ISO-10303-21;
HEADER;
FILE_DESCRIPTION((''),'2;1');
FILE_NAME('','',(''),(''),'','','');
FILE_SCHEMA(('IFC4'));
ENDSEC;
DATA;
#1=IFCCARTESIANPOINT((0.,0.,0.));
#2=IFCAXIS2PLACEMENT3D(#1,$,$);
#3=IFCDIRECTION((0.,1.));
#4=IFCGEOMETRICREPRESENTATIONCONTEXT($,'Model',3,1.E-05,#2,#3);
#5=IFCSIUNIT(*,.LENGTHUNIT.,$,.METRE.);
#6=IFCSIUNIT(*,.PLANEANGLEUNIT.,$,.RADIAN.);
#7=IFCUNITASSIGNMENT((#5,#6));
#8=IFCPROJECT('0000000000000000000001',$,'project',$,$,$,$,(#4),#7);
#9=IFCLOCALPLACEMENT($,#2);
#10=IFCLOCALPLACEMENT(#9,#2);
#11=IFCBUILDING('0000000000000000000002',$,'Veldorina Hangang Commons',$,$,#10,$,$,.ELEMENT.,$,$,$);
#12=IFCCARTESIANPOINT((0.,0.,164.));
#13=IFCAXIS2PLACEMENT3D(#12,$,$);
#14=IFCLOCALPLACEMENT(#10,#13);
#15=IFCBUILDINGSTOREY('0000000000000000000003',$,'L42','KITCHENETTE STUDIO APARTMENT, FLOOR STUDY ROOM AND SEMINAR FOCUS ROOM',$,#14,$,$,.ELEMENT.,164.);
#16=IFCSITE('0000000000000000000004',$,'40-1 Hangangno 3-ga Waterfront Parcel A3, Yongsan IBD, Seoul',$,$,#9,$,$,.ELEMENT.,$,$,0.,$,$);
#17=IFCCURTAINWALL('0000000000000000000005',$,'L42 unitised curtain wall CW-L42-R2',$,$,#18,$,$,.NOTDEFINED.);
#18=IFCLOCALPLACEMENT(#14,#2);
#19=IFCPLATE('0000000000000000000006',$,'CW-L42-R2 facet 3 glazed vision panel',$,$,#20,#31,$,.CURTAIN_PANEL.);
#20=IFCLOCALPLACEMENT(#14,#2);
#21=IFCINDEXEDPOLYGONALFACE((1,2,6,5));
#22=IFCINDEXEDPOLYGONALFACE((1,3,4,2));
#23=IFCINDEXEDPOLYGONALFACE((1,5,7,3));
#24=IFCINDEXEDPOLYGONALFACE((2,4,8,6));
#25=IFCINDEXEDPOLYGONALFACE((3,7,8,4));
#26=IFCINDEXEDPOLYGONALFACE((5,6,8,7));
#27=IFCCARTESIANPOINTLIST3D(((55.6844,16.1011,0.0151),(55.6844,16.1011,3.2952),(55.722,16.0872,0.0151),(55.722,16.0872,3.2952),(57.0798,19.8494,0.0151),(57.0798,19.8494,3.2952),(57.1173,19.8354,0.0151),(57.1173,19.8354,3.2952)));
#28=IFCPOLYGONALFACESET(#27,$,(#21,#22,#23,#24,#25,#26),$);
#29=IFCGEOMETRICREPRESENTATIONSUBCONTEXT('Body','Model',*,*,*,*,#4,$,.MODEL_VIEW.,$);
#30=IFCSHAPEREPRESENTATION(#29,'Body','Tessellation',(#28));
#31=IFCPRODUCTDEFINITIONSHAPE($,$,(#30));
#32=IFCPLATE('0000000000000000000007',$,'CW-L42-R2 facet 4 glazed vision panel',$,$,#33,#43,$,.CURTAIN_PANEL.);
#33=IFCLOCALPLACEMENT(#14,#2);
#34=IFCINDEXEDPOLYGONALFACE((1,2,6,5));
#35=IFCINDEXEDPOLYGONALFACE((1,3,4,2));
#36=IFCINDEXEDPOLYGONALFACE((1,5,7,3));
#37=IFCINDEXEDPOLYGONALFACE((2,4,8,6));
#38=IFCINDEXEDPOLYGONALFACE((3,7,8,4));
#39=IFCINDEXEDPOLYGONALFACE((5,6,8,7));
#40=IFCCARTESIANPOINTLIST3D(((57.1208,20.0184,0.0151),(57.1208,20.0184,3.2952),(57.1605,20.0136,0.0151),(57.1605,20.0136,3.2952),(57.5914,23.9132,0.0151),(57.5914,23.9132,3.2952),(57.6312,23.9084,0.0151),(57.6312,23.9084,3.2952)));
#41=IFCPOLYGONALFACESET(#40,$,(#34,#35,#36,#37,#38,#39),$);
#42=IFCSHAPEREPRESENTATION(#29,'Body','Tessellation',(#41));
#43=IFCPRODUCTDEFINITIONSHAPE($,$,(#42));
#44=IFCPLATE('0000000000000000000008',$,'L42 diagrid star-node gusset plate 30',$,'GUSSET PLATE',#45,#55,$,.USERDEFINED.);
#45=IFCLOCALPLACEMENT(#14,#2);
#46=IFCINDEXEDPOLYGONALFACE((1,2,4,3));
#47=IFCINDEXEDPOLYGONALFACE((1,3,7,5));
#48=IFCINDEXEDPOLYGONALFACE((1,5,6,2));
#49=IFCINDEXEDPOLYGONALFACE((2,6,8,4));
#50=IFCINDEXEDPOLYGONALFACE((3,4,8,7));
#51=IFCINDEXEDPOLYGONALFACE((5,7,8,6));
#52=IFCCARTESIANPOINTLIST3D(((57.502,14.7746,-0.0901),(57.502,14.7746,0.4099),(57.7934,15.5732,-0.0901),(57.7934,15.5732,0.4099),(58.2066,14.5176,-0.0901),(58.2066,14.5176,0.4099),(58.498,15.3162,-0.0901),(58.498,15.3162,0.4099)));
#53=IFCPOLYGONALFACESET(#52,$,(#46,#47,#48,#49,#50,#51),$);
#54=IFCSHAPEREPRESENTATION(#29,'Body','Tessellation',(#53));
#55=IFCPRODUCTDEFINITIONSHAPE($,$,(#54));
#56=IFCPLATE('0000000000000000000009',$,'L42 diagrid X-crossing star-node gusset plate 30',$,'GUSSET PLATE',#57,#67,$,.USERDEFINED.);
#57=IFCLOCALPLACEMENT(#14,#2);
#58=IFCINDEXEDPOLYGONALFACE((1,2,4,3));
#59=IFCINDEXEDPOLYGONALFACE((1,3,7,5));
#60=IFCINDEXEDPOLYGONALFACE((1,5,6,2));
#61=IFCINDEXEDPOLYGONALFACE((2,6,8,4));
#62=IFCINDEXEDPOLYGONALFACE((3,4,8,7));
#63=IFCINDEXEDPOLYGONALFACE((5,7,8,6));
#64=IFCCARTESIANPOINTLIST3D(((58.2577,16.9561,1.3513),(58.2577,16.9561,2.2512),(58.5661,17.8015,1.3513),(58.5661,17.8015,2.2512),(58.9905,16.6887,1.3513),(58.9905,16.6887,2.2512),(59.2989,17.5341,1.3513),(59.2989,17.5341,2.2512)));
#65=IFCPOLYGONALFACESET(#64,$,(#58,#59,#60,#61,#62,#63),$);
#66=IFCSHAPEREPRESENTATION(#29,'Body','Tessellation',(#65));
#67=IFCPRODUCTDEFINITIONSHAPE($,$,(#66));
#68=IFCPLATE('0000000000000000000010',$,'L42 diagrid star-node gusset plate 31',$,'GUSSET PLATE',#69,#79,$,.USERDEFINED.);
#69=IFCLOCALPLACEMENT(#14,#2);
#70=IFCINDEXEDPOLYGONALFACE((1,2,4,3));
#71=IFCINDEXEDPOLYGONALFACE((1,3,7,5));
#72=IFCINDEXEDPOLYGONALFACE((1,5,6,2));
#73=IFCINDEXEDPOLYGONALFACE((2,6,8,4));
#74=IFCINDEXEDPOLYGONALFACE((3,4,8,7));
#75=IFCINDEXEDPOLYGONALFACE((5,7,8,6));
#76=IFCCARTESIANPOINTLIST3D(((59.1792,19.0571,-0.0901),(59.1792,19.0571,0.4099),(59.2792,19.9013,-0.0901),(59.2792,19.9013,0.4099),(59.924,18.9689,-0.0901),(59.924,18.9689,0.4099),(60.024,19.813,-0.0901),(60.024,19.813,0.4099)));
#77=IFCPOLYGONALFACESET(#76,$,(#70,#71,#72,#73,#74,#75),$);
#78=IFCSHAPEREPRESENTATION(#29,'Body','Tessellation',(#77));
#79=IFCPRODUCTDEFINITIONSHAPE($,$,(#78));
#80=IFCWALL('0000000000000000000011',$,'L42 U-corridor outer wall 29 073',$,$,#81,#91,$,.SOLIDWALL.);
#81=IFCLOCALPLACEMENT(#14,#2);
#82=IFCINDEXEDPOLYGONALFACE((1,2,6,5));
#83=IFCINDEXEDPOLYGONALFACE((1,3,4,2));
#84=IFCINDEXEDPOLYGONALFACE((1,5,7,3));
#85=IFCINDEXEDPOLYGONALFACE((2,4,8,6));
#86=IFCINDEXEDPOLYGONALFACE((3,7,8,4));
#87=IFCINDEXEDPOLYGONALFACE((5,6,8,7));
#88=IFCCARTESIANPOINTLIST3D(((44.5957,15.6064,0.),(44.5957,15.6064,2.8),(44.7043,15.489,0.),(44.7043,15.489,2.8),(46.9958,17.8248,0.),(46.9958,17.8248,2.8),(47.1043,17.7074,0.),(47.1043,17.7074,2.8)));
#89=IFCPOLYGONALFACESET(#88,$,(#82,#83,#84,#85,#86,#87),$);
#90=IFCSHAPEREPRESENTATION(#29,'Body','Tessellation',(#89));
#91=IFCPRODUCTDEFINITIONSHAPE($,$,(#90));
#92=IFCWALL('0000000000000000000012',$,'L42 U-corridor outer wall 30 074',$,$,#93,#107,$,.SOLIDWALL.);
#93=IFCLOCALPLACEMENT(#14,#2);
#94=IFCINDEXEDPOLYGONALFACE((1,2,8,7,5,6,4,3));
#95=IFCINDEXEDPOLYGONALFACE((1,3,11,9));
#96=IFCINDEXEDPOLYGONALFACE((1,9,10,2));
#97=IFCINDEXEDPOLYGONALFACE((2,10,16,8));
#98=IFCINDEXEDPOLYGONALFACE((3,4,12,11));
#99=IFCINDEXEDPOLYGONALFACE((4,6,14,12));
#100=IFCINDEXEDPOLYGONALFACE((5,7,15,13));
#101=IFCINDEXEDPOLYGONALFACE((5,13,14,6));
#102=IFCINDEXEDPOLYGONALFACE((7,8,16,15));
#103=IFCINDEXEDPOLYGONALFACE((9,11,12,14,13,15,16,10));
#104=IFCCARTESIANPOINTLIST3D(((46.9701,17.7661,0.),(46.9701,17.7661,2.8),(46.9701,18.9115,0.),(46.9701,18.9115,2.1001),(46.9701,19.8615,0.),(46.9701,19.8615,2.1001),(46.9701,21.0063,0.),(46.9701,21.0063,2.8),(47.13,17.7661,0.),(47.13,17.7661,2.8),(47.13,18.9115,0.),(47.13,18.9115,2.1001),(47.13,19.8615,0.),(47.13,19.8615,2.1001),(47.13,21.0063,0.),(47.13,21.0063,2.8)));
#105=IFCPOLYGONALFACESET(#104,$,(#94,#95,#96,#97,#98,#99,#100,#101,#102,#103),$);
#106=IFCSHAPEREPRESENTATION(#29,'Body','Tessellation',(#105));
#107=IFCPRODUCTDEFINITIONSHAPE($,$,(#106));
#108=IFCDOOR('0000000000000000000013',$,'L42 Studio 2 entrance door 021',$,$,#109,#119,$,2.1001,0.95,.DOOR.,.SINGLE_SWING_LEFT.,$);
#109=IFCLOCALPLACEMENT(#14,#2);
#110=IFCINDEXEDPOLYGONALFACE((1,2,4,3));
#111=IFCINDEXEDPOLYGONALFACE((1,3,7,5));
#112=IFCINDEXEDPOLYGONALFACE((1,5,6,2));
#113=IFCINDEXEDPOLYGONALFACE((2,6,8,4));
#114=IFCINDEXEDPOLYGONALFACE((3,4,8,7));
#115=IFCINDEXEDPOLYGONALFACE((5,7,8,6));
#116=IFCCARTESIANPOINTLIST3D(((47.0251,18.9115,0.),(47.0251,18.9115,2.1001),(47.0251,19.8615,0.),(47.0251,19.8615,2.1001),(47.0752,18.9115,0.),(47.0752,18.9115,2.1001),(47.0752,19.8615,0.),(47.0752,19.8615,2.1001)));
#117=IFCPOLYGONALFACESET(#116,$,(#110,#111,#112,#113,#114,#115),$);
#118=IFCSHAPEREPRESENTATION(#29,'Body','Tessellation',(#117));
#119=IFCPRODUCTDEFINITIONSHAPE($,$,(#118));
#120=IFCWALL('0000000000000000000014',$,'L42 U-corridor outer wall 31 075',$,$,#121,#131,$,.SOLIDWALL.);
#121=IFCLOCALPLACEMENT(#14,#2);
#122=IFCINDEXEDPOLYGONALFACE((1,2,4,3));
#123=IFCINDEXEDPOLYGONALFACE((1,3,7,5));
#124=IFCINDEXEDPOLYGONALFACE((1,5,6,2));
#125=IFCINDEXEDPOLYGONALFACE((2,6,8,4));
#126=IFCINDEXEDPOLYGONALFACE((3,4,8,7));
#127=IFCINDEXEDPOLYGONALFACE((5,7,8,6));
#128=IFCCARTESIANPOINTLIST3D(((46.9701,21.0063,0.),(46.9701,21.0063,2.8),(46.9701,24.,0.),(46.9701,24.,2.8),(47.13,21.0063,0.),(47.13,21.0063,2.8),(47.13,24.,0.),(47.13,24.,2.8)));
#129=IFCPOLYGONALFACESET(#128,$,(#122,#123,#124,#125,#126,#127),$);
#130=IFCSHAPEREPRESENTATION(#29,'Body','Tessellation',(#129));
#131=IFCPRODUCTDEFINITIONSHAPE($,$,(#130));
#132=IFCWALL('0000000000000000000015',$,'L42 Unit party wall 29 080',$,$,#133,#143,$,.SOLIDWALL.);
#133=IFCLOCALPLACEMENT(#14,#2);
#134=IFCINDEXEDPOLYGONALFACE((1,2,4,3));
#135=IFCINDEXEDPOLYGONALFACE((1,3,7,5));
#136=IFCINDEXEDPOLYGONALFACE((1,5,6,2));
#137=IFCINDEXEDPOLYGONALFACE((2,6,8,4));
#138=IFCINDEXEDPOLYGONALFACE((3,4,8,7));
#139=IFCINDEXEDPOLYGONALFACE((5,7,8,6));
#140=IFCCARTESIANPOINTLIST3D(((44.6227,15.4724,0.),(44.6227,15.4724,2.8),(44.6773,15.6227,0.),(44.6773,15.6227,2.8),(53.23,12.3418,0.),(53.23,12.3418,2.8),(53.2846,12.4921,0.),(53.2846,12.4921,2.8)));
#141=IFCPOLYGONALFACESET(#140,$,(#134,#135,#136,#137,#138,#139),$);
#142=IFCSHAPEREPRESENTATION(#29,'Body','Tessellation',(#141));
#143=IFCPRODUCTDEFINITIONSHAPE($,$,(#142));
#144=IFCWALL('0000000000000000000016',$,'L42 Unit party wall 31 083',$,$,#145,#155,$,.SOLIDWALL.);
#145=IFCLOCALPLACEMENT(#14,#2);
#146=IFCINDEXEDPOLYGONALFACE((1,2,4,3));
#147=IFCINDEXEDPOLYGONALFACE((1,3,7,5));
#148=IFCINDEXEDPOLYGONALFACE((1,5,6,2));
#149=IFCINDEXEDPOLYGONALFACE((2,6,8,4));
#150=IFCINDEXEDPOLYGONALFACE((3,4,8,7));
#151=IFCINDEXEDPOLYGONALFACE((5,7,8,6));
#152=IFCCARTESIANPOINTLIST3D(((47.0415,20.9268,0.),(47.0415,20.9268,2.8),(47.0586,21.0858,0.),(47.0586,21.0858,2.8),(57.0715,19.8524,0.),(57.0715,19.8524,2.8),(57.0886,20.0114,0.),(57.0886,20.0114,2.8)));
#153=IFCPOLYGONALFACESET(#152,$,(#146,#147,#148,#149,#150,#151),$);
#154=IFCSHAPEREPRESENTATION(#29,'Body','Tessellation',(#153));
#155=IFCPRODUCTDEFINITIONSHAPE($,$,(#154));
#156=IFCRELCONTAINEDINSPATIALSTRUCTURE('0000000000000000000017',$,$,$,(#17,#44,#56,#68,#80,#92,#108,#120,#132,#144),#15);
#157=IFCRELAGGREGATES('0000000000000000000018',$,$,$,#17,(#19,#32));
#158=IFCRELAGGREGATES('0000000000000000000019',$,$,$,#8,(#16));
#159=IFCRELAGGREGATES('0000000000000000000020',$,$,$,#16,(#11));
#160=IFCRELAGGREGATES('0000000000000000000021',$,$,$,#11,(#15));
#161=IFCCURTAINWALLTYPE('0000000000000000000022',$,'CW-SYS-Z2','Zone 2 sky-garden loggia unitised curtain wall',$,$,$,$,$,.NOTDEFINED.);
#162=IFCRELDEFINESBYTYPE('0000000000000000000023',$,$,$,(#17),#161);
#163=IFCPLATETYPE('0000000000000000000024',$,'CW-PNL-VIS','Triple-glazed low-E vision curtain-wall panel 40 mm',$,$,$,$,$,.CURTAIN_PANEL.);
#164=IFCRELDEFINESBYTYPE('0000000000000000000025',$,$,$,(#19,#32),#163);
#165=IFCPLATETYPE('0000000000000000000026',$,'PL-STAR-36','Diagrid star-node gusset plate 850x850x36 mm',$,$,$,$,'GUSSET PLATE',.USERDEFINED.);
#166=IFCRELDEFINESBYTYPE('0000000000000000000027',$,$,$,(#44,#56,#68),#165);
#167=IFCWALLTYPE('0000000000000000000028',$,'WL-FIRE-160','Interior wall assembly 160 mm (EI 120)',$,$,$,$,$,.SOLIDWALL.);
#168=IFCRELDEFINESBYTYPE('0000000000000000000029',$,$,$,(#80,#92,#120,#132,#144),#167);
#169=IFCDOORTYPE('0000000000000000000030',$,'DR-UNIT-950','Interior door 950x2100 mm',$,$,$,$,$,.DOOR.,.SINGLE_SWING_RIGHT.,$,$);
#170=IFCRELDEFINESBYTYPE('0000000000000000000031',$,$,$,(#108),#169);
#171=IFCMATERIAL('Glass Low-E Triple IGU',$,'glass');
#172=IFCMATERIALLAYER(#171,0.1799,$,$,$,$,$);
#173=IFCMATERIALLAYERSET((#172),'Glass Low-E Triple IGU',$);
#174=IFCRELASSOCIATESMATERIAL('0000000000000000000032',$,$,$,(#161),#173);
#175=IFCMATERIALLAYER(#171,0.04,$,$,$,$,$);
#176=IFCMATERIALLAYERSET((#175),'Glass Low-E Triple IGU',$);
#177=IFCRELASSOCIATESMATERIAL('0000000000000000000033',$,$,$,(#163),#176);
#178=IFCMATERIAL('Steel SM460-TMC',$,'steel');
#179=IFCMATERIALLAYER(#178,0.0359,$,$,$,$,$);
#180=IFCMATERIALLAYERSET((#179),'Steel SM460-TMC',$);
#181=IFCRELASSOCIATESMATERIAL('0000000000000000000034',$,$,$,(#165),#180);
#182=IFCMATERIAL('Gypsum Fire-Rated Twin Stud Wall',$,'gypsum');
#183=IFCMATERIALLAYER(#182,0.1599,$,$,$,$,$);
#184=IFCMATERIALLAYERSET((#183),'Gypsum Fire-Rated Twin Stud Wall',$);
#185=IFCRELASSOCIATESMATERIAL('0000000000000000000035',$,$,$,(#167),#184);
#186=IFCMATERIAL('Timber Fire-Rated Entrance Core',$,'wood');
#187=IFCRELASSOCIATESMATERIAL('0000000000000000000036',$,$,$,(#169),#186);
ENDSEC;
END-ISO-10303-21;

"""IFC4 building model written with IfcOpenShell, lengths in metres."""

from ifc_helpers import new_model, si_unit, direction, frame, frame_2d, origin, origin_2d, place, context, subcontext, project, spatial, rectangle, extrude, material, layer, layer_set, type_object, element, fill, aggregate, save


model = new_model("IFC4")

# Units and contexts
model_context = context("Model", 3, precision=1e-05, world=origin(), true_north=direction((0.0, 1.0)))
body_context = subcontext(model_context, "Body", "Model", "MODEL_VIEW")
ifc_project = project(units=[si_unit("LENGTHUNIT", "METRE"), si_unit("PLANEANGLEUNIT", "RADIAN")], contexts=[model_context])

# Site, building, storey
site_placement = place(None, origin())
site = spatial("IfcSite", under=ifc_project, at=site_placement, Name="40-1 Hangangno 3-ga Waterfront Parcel A3, Yongsan IBD, Seoul", CompositionType="ELEMENT", RefElevation=0.0)
building_placement = place(site_placement, origin())
building = spatial("IfcBuilding", under=site, at=building_placement, Name="Veldorina Hangang Commons", CompositionType="ELEMENT")
storey_placement = place(building_placement, frame((0.0, 0.0, 164.0)))
storey = spatial("IfcBuildingStorey", under=building, at=storey_placement, Name="L42", Description="KITCHENETTE STUDIO APARTMENT, FLOOR STUDY ROOM AND SEMINAR FOCUS ROOM", CompositionType="ELEMENT", Elevation=164.0)

# Curtain wall
ifc_material_1 = material(Name="Glass Low-E Triple IGU", Category="glass")
ifc_layer_1 = layer(ifc_material_1, 0.1799)
ifc_layer_set_1 = layer_set([ifc_layer_1], Name="Glass Low-E Triple IGU")
curtain_wall_type = type_object("IfcCurtainWallType", Name="CW-SYS-Z2", Description="Zone 2 sky-garden loggia unitised curtain wall", PredefinedType="NOTDEFINED", material=ifc_layer_set_1)
curtain_wall_placement = place(storey_placement, origin())
curtain_wall = element("IfcCurtainWall", 1, at=curtain_wall_placement, inside=storey, type_object=curtain_wall_type, Name="L42 unitised curtain wall CW-L42-R2", PredefinedType="NOTDEFINED")

# Plates
ifc_layer_2 = layer(ifc_material_1, 0.04)
ifc_layer_set_2 = layer_set([ifc_layer_2], Name="Glass Low-E Triple IGU")
plate_type_1 = type_object("IfcPlateType", Name="CW-PNL-VIS", Description="Triple-glazed low-E vision curtain-wall panel 40 mm", PredefinedType="CURTAIN_PANEL", material=ifc_layer_set_2)
plate_1_placement = place(storey_placement, frame((56.4009, 17.9683, 0.0151), z_axis=(0.0, 0.0, 1.0), x_axis=(0.348883, 0.937166, 0.0)))
plate_1 = element("IfcPlate", 2, at=plate_1_placement, type_object=plate_type_1, Name="CW-L42-R2 facet 3 glazed vision panel", PredefinedType="CURTAIN_PANEL", context=body_context, shape_type="SweptSolid", body=[
    extrude(rectangle(XDim=3.9995, YDim=0.04, at=origin_2d()), origin(), (0.0, 0.0, 1.0), 3.28),
])
plate_2_placement = place(storey_placement, frame((57.376, 21.9634, 0.0151), z_axis=(0.0, 0.0, 1.0), x_axis=(0.119981, 0.992776, 0.0)))
plate_2 = element("IfcPlate", 3, at=plate_2_placement, type_object=plate_type_1, Name="CW-L42-R2 facet 4 glazed vision panel", PredefinedType="CURTAIN_PANEL", context=body_context, shape_type="SweptSolid", body=[
    extrude(rectangle(XDim=3.9231, YDim=0.04, at=origin_2d()), origin(), (0.0, 0.0, 1.0), 3.28),
])
aggregate(curtain_wall, [plate_1, plate_2])

# Plates
ifc_material_2 = material(Name="Steel SM460-TMC", Category="steel")
ifc_layer_3 = layer(ifc_material_2, 0.0359)
ifc_layer_set_3 = layer_set([ifc_layer_3], Name="Steel SM460-TMC")
plate_type_2 = type_object("IfcPlateType", Name="PL-STAR-36", Description="Diagrid star-node gusset plate 850x850x36 mm", ElementType="GUSSET PLATE", PredefinedType="USERDEFINED", material=ifc_layer_set_3)
plate_3_placement = place(storey_placement, frame((58.0, 15.0454, -0.0901), z_axis=(0.0, 0.0, 1.0), x_axis=(0.342742, 0.93943, 0.0)))
element("IfcPlate", 4, at=plate_3_placement, inside=storey, type_object=plate_type_2, Name="L42 diagrid star-node gusset plate 30", ObjectType="GUSSET PLATE", PredefinedType="USERDEFINED", context=body_context, shape_type="SweptSolid", body=[
    extrude(rectangle(XDim=0.8501, YDim=0.75, at=origin_2d()), origin(), (0.0, 0.0, 1.0), 0.5),
])
plate_4_placement = place(storey_placement, frame((58.7783, 17.2451, 1.3513), z_axis=(0.0, 0.0, 1.0), x_axis=(0.342742, 0.93943, 0.0)))
element("IfcPlate", 5, at=plate_4_placement, inside=storey, type_object=plate_type_2, Name="L42 diagrid X-crossing star-node gusset plate 30", ObjectType="GUSSET PLATE", PredefinedType="USERDEFINED", context=body_context, shape_type="SweptSolid", body=[
    extrude(rectangle(XDim=0.8999, YDim=0.78, at=origin_2d()), origin(), (0.0, 0.0, 1.0), 0.8999),
])
plate_5_placement = place(storey_placement, frame((59.6016, 19.4351, -0.0901), z_axis=(0.0, 0.0, 1.0), x_axis=(0.117624, 0.993058, 0.0)))
element("IfcPlate", 6, at=plate_5_placement, inside=storey, type_object=plate_type_2, Name="L42 diagrid star-node gusset plate 31", ObjectType="GUSSET PLATE", PredefinedType="USERDEFINED", context=body_context, shape_type="SweptSolid", body=[
    extrude(rectangle(XDim=0.8501, YDim=0.75, at=origin_2d()), origin(), (0.0, 0.0, 1.0), 0.5),
])

# Wall
ifc_material_3 = material(Name="Gypsum Fire-Rated Twin Stud Wall", Category="gypsum")
ifc_layer_4 = layer(ifc_material_3, 0.1599)
ifc_layer_set_4 = layer_set([ifc_layer_4], Name="Gypsum Fire-Rated Twin Stud Wall")
wall_type_1 = type_object("IfcWallType", Name="WL-FIRE-160", Description="Interior wall assembly 160 mm (EI 120)", PredefinedType="SOLIDWALL", material=ifc_layer_set_4)
wall_1_placement = place(storey_placement, frame((44.6499, 15.5476, 0.0), z_axis=(0.0, 0.0, 1.0), x_axis=(0.734348, 0.678773, 0.0)))
element("IfcWall", 7, at=wall_1_placement, inside=storey, type_object=wall_type_1, Name="L42 U-corridor outer wall 29 073", PredefinedType="SOLIDWALL", context=body_context, shape_type="SweptSolid", body=[
    extrude(rectangle(XDim=3.2683, YDim=0.1599, at=frame_2d((1.6343, 0.0))), origin(), (0.0, 0.0, 1.0), 2.8),
])

# Wall, opening, door
wall_2_placement = place(storey_placement, frame((47.05, 17.7661, 0.0), z_axis=(0.0, 0.0, 1.0), x_axis=(0.0, 1.0, 0.0)))
wall_2 = element("IfcWall", 8, at=wall_2_placement, inside=storey, type_object=wall_type_1, Name="L42 U-corridor outer wall 30 074", PredefinedType="SOLIDWALL", context=body_context, shape_type="SweptSolid", body=[
    extrude(rectangle(XDim=3.2402, YDim=0.1599, at=frame_2d((1.6201, 0.0))), origin(), (0.0, 0.0, 1.0), 2.8),
])
opening_1_placement = place(wall_2_placement, frame((1.1453, 0.0, 0.0)))
opening_1 = element("IfcOpeningElement", 9, at=opening_1_placement, cuts=wall_2, PredefinedType="OPENING", context=body_context, shape_type="SweptSolid", body=[
    extrude(rectangle(XDim=0.95, YDim=2.1001, at=frame_2d((0.4751, 1.05))), frame((0.0, 0.0898, 0.0), z_axis=(0.0, -1.0, 0.0), x_axis=(1.0, 0.0, 0.0)), (0.0, 0.0, 1.0), 0.1799),
])
ifc_material_4 = material(Name="Timber Fire-Rated Entrance Core", Category="wood")
door_type_1 = type_object("IfcDoorType", Name="DR-UNIT-950", Description="Interior door 950x2100 mm", OperationType="SINGLE_SWING_RIGHT", PredefinedType="DOOR", material=ifc_material_4)
door_1_placement = place(opening_1_placement, origin())
door_1 = element("IfcDoor", 10, at=door_1_placement, inside=storey, type_object=door_type_1, Name="L42 Studio 2 entrance door 021", OperationType="SINGLE_SWING_LEFT", OverallHeight=2.1001, OverallWidth=0.95, PredefinedType="DOOR", context=body_context, shape_type="SweptSolid", body=[
    extrude(rectangle(XDim=0.95, YDim=2.1001, at=frame_2d((0.4751, 1.05))), frame((0.0, 0.0249, 0.0), z_axis=(0.0, -1.0, 0.0), x_axis=(1.0, 0.0, 0.0)), (0.0, 0.0, 1.0), 0.05),
])
fill(opening_1, door_1)

# Walls
wall_3_placement = place(storey_placement, frame((47.05, 21.0063, 0.0), z_axis=(0.0, 0.0, 1.0), x_axis=(0.0, 1.0, 0.0)))
element("IfcWall", 11, at=wall_3_placement, inside=storey, type_object=wall_type_1, Name="L42 U-corridor outer wall 31 075", PredefinedType="SOLIDWALL", context=body_context, shape_type="SweptSolid", body=[
    extrude(rectangle(XDim=2.9937, YDim=0.1599, at=frame_2d((1.4968, 0.0))), origin(), (0.0, 0.0, 1.0), 2.8),
])
wall_4_placement = place(storey_placement, frame((44.6499, 15.5476, 0.0), z_axis=(0.0, 0.0, 1.0), x_axis=(0.939768, -0.341814, 0.0)))
element("IfcWall", 12, at=wall_4_placement, inside=storey, type_object=wall_type_1, Name="L42 Unit party wall 29 080", PredefinedType="SOLIDWALL", context=body_context, shape_type="SweptSolid", body=[
    extrude(rectangle(XDim=9.1589, YDim=0.1599, at=frame_2d((4.5796, 0.0))), origin(), (0.0, 0.0, 1.0), 2.8),
])
wall_5_placement = place(storey_placement, frame((47.05, 21.0063, 0.0), z_axis=(0.0, 0.0, 1.0), x_axis=(0.994311, -0.106515, 0.0)))
element("IfcWall", 13, at=wall_5_placement, inside=storey, type_object=wall_type_1, Name="L42 Unit party wall 31 083", PredefinedType="SOLIDWALL", context=body_context, shape_type="SweptSolid", body=[
    extrude(rectangle(XDim=10.0874, YDim=0.1599, at=frame_2d((5.0437, 0.0))), origin(), (0.0, 0.0, 1.0), 2.8),
])

save(model, "model.ifc")
